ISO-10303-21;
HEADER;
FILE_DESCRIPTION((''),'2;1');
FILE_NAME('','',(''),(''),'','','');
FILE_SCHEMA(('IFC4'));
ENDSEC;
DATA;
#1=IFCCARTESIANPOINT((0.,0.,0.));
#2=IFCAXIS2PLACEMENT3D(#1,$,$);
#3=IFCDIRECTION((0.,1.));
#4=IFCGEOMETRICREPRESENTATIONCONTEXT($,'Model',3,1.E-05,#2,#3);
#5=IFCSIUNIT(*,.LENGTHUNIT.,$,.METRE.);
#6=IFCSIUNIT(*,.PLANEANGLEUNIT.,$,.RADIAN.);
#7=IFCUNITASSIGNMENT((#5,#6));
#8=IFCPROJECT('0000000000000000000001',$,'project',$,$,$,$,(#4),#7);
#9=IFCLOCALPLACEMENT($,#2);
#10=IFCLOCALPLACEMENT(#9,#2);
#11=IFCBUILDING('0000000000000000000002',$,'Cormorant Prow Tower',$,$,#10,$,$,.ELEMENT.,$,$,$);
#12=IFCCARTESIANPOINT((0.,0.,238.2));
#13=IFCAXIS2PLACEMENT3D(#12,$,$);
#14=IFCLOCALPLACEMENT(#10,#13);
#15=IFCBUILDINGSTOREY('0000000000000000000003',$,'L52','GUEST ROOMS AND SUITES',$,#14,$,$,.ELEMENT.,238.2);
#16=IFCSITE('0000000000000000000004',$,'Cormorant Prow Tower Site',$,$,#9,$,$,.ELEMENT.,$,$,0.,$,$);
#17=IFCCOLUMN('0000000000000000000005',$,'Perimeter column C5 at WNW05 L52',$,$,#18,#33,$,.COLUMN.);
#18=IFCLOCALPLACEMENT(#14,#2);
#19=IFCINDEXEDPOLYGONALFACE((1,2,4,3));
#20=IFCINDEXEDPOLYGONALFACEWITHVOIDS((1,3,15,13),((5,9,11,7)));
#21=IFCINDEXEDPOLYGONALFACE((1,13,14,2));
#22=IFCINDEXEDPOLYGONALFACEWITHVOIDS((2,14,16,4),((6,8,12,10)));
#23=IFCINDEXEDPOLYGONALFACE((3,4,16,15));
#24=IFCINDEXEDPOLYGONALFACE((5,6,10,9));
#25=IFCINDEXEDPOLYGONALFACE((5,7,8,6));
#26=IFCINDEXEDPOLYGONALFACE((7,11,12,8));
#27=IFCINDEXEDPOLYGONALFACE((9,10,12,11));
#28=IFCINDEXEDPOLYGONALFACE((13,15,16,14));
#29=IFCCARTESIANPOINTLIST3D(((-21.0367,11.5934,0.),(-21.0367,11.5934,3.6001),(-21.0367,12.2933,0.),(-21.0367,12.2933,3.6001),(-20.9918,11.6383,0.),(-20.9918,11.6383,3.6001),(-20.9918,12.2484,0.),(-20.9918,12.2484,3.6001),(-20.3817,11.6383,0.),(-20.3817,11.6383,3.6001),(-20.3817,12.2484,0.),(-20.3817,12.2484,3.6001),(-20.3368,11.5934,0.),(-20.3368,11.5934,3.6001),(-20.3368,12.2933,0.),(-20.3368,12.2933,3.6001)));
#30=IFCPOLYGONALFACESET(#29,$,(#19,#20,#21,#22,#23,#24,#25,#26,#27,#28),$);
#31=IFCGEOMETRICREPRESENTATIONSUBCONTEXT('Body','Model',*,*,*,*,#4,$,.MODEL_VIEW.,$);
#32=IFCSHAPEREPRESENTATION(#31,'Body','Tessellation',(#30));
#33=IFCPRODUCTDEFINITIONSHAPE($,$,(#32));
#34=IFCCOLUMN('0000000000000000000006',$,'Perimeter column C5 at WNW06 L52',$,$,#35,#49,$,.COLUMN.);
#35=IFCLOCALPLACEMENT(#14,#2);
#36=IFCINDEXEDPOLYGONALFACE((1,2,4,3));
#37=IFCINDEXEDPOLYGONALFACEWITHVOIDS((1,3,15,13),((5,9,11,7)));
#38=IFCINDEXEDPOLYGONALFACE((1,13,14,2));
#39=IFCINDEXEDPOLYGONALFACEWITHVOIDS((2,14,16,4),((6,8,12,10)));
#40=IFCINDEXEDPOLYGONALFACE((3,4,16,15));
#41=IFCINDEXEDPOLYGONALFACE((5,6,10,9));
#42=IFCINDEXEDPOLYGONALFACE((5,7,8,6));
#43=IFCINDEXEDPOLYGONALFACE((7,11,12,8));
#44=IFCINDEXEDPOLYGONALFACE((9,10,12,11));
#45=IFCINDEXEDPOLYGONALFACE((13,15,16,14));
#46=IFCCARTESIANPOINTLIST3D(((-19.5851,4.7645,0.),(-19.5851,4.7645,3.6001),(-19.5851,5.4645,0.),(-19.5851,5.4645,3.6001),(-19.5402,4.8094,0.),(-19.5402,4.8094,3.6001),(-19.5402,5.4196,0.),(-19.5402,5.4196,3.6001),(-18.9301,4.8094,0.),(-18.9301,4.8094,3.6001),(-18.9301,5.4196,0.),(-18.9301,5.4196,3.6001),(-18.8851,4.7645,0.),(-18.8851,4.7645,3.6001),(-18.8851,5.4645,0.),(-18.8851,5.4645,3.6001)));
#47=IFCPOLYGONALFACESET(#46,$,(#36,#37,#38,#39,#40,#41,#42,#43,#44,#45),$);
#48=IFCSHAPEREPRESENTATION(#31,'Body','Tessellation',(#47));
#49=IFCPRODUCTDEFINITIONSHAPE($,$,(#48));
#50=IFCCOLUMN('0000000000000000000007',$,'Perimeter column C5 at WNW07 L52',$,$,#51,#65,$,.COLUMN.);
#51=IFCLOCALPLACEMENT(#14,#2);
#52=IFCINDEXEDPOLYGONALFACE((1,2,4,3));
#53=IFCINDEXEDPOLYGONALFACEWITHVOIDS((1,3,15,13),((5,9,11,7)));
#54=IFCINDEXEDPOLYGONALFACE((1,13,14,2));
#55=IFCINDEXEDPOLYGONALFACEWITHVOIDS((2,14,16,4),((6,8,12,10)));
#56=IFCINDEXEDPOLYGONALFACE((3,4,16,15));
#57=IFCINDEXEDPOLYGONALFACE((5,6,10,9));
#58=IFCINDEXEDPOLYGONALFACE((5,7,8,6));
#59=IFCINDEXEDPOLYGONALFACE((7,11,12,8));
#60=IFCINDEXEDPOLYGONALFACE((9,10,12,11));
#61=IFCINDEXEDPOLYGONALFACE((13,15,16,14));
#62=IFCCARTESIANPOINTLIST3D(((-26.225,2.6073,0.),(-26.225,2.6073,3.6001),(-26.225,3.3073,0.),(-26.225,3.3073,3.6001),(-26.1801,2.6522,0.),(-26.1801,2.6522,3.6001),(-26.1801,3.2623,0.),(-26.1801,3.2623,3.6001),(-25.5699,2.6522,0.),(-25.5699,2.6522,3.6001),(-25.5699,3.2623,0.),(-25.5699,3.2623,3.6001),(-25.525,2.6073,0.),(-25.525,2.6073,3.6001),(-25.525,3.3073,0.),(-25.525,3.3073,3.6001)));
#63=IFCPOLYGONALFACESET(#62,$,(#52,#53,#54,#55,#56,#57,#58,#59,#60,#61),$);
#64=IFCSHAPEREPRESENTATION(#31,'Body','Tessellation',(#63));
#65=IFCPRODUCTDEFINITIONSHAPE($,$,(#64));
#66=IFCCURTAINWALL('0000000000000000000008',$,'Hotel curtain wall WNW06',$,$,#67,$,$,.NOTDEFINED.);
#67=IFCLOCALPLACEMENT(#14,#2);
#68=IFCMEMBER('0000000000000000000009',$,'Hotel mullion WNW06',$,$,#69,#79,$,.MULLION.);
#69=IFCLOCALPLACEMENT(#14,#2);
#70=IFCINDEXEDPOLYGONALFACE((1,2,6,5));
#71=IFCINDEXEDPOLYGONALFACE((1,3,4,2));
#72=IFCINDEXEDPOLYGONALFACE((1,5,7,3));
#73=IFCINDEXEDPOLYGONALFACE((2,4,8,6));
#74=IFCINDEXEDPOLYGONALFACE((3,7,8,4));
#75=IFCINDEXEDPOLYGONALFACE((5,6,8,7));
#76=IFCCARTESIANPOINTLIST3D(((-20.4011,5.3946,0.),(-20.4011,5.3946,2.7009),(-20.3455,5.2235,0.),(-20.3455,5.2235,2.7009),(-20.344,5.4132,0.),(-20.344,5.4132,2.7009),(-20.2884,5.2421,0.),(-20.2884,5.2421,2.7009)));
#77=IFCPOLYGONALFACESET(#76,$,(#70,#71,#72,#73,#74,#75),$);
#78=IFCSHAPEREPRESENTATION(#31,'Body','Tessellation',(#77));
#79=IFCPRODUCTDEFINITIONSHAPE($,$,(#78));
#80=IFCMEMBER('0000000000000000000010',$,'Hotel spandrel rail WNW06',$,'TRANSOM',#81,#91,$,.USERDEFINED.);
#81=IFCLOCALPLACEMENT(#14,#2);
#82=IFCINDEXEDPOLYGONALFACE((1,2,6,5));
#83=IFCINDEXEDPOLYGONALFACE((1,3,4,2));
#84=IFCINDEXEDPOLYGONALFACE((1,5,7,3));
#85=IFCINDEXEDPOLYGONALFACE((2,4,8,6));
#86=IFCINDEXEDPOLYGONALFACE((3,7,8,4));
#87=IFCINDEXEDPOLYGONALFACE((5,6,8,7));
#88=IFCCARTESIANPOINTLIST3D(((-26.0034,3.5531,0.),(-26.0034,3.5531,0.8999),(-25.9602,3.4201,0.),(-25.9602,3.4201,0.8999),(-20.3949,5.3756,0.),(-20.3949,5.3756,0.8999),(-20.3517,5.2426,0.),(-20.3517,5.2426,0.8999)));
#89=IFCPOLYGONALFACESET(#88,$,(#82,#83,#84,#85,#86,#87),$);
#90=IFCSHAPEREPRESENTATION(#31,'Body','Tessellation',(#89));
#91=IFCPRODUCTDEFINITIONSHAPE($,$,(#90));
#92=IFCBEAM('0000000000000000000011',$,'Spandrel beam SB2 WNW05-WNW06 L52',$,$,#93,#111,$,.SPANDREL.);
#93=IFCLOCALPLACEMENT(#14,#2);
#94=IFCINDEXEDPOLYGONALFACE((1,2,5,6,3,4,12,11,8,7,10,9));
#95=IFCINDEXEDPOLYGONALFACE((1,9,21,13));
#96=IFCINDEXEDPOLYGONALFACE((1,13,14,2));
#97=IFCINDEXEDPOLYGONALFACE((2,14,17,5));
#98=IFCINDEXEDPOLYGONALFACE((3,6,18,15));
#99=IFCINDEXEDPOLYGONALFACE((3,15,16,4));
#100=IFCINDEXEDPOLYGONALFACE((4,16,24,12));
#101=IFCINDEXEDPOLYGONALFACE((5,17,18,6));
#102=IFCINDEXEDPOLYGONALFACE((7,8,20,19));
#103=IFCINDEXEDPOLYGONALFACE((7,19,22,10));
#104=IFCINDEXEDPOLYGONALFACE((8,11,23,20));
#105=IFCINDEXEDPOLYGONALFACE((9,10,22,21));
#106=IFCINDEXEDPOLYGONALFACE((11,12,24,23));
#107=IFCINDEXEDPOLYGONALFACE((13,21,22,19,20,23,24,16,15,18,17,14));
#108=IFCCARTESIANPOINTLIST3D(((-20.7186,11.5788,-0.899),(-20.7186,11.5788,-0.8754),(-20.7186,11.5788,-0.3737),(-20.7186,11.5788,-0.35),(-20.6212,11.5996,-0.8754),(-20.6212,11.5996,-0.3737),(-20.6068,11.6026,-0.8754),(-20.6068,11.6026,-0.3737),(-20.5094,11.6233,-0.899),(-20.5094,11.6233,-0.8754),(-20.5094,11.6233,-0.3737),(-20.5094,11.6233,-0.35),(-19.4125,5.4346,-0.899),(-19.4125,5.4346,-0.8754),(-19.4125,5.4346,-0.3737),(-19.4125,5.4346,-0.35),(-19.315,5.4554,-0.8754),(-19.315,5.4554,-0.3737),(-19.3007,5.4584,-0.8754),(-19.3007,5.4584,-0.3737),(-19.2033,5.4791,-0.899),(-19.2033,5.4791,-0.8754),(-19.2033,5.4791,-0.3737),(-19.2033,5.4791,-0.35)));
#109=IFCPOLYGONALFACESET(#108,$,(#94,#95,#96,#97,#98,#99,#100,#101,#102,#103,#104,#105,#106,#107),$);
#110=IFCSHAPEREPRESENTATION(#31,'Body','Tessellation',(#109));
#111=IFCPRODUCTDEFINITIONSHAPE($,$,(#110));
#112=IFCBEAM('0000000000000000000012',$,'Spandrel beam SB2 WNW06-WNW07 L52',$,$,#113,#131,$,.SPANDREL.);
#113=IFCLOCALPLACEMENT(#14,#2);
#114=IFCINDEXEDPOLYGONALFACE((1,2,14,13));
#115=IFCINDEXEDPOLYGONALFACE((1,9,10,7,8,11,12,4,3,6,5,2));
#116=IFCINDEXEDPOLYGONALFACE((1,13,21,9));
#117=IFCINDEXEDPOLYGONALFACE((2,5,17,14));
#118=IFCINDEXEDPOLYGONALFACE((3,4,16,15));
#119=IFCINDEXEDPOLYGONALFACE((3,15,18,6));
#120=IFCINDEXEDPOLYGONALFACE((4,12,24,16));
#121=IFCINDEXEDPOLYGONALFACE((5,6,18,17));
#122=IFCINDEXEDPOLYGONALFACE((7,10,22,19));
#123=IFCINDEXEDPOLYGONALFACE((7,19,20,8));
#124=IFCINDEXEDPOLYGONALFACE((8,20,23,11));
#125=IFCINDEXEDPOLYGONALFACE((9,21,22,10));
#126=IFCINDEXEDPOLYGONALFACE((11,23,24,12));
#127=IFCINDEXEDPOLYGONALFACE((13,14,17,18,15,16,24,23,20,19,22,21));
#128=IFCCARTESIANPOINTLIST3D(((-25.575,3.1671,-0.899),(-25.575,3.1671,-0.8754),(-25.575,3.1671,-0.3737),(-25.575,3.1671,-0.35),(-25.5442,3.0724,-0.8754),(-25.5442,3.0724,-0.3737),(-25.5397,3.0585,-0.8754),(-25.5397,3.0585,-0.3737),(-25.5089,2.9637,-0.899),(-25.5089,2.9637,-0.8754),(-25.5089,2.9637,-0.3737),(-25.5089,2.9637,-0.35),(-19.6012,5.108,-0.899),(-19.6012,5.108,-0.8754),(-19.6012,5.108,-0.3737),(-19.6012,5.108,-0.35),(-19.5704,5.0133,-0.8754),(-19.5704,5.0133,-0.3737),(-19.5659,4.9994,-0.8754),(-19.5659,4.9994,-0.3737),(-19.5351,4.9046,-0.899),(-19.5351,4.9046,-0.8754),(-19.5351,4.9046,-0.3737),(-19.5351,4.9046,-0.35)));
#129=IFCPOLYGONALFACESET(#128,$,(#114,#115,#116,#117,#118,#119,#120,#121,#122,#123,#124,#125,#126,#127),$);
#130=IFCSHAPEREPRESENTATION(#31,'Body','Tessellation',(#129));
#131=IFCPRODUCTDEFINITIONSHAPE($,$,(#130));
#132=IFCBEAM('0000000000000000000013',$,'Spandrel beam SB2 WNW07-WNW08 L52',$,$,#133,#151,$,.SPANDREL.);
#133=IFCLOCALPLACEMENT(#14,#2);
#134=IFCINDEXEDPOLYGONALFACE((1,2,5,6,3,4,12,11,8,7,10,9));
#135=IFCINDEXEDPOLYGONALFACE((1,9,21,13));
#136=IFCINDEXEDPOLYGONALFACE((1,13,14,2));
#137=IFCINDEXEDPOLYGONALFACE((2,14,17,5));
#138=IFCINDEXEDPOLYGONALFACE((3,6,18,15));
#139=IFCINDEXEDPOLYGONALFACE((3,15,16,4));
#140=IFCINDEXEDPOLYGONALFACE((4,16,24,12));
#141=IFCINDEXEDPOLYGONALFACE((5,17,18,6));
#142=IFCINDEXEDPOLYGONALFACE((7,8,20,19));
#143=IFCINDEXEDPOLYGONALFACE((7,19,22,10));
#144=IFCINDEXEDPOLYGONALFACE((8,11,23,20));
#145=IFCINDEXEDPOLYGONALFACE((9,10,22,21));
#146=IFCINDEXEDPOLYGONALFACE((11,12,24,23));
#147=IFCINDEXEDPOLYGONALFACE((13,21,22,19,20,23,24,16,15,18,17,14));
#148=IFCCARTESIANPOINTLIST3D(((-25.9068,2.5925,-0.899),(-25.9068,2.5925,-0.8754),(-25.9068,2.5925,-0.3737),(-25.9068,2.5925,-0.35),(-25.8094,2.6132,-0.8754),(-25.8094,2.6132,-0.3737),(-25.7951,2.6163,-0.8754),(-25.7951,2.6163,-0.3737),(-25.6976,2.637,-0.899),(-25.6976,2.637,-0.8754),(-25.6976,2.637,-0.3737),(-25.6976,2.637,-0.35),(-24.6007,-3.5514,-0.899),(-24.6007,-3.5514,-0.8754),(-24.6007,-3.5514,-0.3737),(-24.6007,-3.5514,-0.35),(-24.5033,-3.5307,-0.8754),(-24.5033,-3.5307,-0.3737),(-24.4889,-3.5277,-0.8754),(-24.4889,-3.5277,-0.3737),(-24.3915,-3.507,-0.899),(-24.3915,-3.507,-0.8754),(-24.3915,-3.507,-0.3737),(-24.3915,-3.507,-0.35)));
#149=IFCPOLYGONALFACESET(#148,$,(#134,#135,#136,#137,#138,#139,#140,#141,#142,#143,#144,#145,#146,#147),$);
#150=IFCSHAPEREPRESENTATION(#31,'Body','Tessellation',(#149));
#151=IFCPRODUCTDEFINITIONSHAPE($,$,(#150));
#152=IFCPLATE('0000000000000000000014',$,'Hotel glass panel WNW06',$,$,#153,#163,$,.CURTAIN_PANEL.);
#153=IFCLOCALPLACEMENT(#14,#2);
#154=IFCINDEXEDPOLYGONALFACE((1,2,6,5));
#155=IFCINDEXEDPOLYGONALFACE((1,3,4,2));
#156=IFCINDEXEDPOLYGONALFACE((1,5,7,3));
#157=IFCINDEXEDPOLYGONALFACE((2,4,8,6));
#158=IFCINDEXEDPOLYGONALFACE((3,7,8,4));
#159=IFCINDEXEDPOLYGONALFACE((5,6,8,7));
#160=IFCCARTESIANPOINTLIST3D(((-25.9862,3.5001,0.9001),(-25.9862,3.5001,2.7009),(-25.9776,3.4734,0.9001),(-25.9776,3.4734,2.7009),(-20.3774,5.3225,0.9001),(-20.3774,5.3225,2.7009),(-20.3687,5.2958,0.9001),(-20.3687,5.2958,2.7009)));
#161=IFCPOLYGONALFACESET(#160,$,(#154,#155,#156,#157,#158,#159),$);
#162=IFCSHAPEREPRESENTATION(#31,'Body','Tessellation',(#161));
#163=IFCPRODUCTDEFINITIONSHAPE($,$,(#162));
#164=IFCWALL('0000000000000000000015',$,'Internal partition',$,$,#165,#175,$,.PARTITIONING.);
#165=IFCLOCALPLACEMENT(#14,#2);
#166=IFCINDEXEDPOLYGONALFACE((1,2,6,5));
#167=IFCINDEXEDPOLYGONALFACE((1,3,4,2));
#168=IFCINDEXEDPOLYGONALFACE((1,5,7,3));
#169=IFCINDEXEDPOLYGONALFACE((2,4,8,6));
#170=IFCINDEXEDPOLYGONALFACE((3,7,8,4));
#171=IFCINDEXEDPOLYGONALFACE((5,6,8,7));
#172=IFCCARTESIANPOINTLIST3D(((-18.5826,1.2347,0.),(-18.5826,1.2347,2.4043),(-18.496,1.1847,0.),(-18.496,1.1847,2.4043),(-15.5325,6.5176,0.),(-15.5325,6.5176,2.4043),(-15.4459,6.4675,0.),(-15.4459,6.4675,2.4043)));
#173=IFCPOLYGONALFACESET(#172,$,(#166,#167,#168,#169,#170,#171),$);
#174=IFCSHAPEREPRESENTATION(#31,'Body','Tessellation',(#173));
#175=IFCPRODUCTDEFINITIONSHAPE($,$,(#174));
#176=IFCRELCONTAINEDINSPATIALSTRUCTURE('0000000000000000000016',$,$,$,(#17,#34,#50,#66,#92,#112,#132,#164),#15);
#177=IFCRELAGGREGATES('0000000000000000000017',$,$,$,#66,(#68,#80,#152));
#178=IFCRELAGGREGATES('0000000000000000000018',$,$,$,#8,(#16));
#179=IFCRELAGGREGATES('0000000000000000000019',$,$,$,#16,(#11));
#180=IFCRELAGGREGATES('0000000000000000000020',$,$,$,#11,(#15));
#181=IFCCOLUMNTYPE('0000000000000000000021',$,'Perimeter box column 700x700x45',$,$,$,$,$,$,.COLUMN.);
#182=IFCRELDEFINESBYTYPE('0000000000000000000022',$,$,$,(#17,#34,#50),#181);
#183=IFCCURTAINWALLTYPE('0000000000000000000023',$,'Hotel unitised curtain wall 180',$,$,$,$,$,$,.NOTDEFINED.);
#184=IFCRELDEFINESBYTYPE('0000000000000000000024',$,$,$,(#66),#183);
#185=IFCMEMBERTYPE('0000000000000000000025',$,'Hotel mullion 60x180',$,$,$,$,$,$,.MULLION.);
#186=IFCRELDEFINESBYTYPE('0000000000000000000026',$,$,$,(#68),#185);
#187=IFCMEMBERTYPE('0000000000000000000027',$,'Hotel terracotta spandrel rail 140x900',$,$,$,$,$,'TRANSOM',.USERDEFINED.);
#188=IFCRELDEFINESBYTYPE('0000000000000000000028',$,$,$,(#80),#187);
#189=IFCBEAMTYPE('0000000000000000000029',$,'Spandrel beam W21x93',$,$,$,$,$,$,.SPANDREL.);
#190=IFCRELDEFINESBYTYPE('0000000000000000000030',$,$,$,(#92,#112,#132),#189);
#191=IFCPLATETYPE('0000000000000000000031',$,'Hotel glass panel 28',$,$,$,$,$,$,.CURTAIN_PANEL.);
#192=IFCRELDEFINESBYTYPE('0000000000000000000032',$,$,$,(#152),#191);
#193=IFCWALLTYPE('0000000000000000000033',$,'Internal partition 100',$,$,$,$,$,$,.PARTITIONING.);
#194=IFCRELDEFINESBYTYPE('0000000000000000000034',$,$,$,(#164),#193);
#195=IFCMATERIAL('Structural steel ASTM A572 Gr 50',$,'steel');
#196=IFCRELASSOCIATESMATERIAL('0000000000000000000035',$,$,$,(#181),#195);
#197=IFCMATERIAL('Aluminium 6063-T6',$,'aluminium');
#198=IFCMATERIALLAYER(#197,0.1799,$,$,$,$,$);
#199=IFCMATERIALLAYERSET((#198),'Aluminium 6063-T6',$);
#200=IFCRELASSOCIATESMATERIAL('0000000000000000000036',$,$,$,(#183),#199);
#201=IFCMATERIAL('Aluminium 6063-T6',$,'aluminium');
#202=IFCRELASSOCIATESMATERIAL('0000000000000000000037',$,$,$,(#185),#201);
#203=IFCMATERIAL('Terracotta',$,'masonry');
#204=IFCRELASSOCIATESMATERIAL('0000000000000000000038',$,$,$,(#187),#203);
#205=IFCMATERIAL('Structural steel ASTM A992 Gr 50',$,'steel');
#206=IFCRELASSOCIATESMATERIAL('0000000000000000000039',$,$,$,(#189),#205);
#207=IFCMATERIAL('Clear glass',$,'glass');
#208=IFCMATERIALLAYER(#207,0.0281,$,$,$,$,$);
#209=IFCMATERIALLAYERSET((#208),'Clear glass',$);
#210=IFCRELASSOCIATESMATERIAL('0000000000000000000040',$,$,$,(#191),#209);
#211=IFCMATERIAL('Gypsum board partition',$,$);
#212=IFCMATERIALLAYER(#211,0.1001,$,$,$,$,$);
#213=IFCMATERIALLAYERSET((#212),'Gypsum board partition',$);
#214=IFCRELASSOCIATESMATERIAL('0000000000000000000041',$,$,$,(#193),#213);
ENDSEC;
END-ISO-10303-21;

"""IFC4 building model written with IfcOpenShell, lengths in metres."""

from ifc_helpers import new_model, si_unit, direction, frame, frame_2d, origin, origin_2d, place, context, subcontext, project, spatial, rectangle, hollow_rectangle, i_section, extrude, material, layer, layer_set, material_profile, profile_set, type_object, element, aggregate, save


model = new_model("IFC4")

# Units and contexts
model_context = context("Model", 3, precision=1e-05, world=origin(), true_north=direction((0.0, 1.0)))
body_context = subcontext(model_context, "Body", "Model", "MODEL_VIEW")
ifc_project = project(units=[si_unit("LENGTHUNIT", "METRE"), si_unit("PLANEANGLEUNIT", "RADIAN")], contexts=[model_context])

# Site, building, storey
site_placement = place(None, origin())
site = spatial("IfcSite", under=ifc_project, at=site_placement, Name="Cormorant Prow Tower Site", CompositionType="ELEMENT", RefElevation=0.0)
building_placement = place(site_placement, origin())
building = spatial("IfcBuilding", under=site, at=building_placement, Name="Cormorant Prow Tower", CompositionType="ELEMENT")
storey_placement = place(building_placement, frame((0.0, 0.0, 238.2)))
storey = spatial("IfcBuildingStorey", under=building, at=storey_placement, Name="L52", Description="GUEST ROOMS AND SUITES", CompositionType="ELEMENT", Elevation=238.2)

# Columns
ifc_material_1 = material(Name="Structural steel ASTM A572 Gr 50", Category="steel")
ifc_material_profile_1 = material_profile(ifc_material_1, hollow_rectangle(XDim=0.7, YDim=0.7, WallThickness=0.0449, at=origin_2d()), Name="Box 700x700x45")
ifc_profile_set_1 = profile_set([ifc_material_profile_1], Name="Structural steel ASTM A572 Gr 50")
column_type = type_object("IfcColumnType", Name="Perimeter box column 700x700x45", PredefinedType="COLUMN", material=ifc_profile_set_1)
for number, where, z_axis, x_axis, name in (
    (1, (-20.6868, 11.9434, 0.0), (0.0, 0.0, 1.0), (1.0, 0.0, 0.0), "Perimeter column C5 at WNW05 L52"),
    (2, (-19.2351, 5.1145, 0.0), (0.0, 0.0, 1.0), (1.0, 0.0, 0.0), "Perimeter column C5 at WNW06 L52"),
    (3, (-25.875, 2.9573, 0.0), (0.0, 0.0, 1.0), (1.0, 0.0, 0.0), "Perimeter column C5 at WNW07 L52"),
):
    element("IfcColumn", number, at=place(storey_placement, frame(where, z_axis=z_axis, x_axis=x_axis)), inside=storey, type_object=column_type, Name=name, PredefinedType="COLUMN", context=body_context, shape_type="SweptSolid", body=[
        extrude(hollow_rectangle(XDim=0.7, YDim=0.7, WallThickness=0.0449, at=origin_2d()), origin(), (0.0, 0.0, 1.0), 3.6001),
    ])

# Curtain wall, members
ifc_material_2 = material(Name="Aluminium 6063-T6", Category="aluminium")
ifc_layer_1 = layer(ifc_material_2, 0.1799)
ifc_layer_set_1 = layer_set([ifc_layer_1], Name="Aluminium 6063-T6")
curtain_wall_type = type_object("IfcCurtainWallType", Name="Hotel unitised curtain wall 180", PredefinedType="NOTDEFINED", material=ifc_layer_set_1)
curtain_wall_placement = place(storey_placement, origin())
curtain_wall = element("IfcCurtainWall", 4, at=curtain_wall_placement, inside=storey, type_object=curtain_wall_type, Name="Hotel curtain wall WNW06", PredefinedType="NOTDEFINED")
ifc_material_3 = material(Name="Aluminium 6063-T6", Category="aluminium")
ifc_material_profile_2 = material_profile(ifc_material_3, rectangle(XDim=0.1799, YDim=0.0601, at=origin_2d()), Name="Hotel mullion 60x180")
ifc_profile_set_2 = profile_set([ifc_material_profile_2], Name="Aluminium 6063-T6")
member_type_1 = type_object("IfcMemberType", Name="Hotel mullion 60x180", PredefinedType="MULLION", material=ifc_profile_set_2)
member_1_placement = place(storey_placement, frame((-20.3447, 5.3184, 0.0), z_axis=(0.0, 0.0, 1.0), x_axis=(0.309017, -0.951057, 0.0)))
member_1 = element("IfcMember", 5, at=member_1_placement, type_object=member_type_1, Name="Hotel mullion WNW06", PredefinedType="MULLION", context=body_context, shape_type="SweptSolid", body=[
    extrude(rectangle(XDim=0.1799, YDim=0.0601, at=origin_2d()), origin(), (0.0, 0.0, 1.0), 2.7009),
])
ifc_material_4 = material(Name="Terracotta", Category="masonry")
ifc_material_profile_3 = material_profile(ifc_material_4, rectangle(XDim=0.1399, YDim=0.8999, at=origin_2d()), Name="Hotel terracotta spandrel rail 140x900")
ifc_profile_set_3 = profile_set([ifc_material_profile_3], Name="Terracotta")
member_type_2 = type_object("IfcMemberType", Name="Hotel terracotta spandrel rail 140x900", ElementType="TRANSOM", PredefinedType="USERDEFINED", material=ifc_profile_set_3)
member_2_placement = place(storey_placement, frame((-20.3733, 5.3091, 0.45), z_axis=(-0.951049, -0.30904, 0.0), x_axis=(0.30904, -0.951049, 0.0)))
member_2 = element("IfcMember", 6, at=member_2_placement, type_object=member_type_2, Name="Hotel spandrel rail WNW06", ObjectType="TRANSOM", PredefinedType="USERDEFINED", context=body_context, shape_type="SweptSolid", body=[
    extrude(rectangle(XDim=0.1399, YDim=0.8999, at=origin_2d()), origin(), (0.0, 0.0, 1.0), 5.8972),
])

# Beams
ifc_material_5 = material(Name="Structural steel ASTM A992 Gr 50", Category="steel")
ifc_material_profile_4 = material_profile(ifc_material_5, i_section(OverallWidth=0.2139, OverallDepth=0.5491, WebThickness=0.0146, FlangeThickness=0.0237, at=origin_2d()), Name="W21x93")
ifc_profile_set_4 = profile_set([ifc_material_profile_4], Name="Structural steel ASTM A992 Gr 50")
beam_type = type_object("IfcBeamType", Name="Spandrel beam W21x93", PredefinedType="SPANDREL", material=ifc_profile_set_4)
beam_placement = place(storey_placement, frame((-20.614, 11.6011, -0.6245), z_axis=(0.207934, -0.978143, 0.0), x_axis=(0.978143, 0.207934, 0.0)))
element("IfcBeam", 7, at=beam_placement, inside=storey, type_object=beam_type, Name="Spandrel beam SB2 WNW05-WNW06 L52", PredefinedType="SPANDREL", context=body_context, shape_type="SweptSolid", body=[
    extrude(i_section(OverallWidth=0.2139, OverallDepth=0.5491, WebThickness=0.0146, FlangeThickness=0.0237, at=origin_2d()), origin(), (0.0, 0.0, 1.0), 6.2815),
])
for number, where, z_axis, x_axis, name in (
    (8, (-19.5681, 5.0063, -0.6245), (-0.951062, -0.309001, 0.0), (0.309001, -0.951062, 0.0), "Spandrel beam SB2 WNW06-WNW07 L52"),
    (9, (-25.8022, 2.6147, -0.6245), (0.207941, -0.978141, 0.0), (0.978141, 0.207941, 0.0), "Spandrel beam SB2 WNW07-WNW08 L52"),
):
    element("IfcBeam", number, at=place(storey_placement, frame(where, z_axis=z_axis, x_axis=x_axis)), inside=storey, type_object=beam_type, Name=name, PredefinedType="SPANDREL", context=body_context, shape_type="SweptSolid", body=[
        extrude(i_section(OverallWidth=0.2139, OverallDepth=0.5491, WebThickness=0.0146, FlangeThickness=0.0237, at=origin_2d()), origin(), (0.0, 0.0, 1.0), 6.2812),
    ])

# Plate
ifc_material_6 = material(Name="Clear glass", Category="glass")
ifc_layer_2 = layer(ifc_material_6, 0.0281)
ifc_layer_set_2 = layer_set([ifc_layer_2], Name="Clear glass")
plate_type = type_object("IfcPlateType", Name="Hotel glass panel 28", PredefinedType="CURTAIN_PANEL", material=ifc_layer_set_2)
plate_placement = place(storey_placement, frame((-23.1775, 4.3979, 0.9001), z_axis=(0.0, 0.0, 1.0), x_axis=(-0.951057, -0.309017, 0.0)))
plate = element("IfcPlate", 10, at=plate_placement, type_object=plate_type, Name="Hotel glass panel WNW06", PredefinedType="CURTAIN_PANEL", context=body_context, shape_type="SweptSolid", body=[
    extrude(rectangle(XDim=5.8975, YDim=0.0281, at=origin_2d()), origin(), (0.0, 0.0, 1.0), 1.8008),
])
aggregate(curtain_wall, [member_1, member_2, plate])

# Wall
ifc_material_7 = material(Name="Gypsum board partition")
ifc_layer_3 = layer(ifc_material_7, 0.1001)
ifc_layer_set_3 = layer_set([ifc_layer_3], Name="Gypsum board partition")
wall_type_1 = type_object("IfcWallType", Name="Internal partition 100", PredefinedType="PARTITIONING", material=ifc_layer_set_3)
wall_1_placement = place(storey_placement, frame((-18.5393, 1.2097, 0.0), z_axis=(0.0, 0.0, 1.0), x_axis=(0.500009, 0.86602, 0.0)))
element("IfcWall", 11, at=wall_1_placement, inside=storey, type_object=wall_type_1, Name="Internal partition", PredefinedType="PARTITIONING", context=body_context, shape_type="SweptSolid", body=[
    extrude(rectangle(XDim=6.1001, YDim=0.1001, at=frame_2d((3.05, 0.0))), origin(), (0.0, 0.0, 1.0), 2.4043),
])

save(model, "model.ifc")
